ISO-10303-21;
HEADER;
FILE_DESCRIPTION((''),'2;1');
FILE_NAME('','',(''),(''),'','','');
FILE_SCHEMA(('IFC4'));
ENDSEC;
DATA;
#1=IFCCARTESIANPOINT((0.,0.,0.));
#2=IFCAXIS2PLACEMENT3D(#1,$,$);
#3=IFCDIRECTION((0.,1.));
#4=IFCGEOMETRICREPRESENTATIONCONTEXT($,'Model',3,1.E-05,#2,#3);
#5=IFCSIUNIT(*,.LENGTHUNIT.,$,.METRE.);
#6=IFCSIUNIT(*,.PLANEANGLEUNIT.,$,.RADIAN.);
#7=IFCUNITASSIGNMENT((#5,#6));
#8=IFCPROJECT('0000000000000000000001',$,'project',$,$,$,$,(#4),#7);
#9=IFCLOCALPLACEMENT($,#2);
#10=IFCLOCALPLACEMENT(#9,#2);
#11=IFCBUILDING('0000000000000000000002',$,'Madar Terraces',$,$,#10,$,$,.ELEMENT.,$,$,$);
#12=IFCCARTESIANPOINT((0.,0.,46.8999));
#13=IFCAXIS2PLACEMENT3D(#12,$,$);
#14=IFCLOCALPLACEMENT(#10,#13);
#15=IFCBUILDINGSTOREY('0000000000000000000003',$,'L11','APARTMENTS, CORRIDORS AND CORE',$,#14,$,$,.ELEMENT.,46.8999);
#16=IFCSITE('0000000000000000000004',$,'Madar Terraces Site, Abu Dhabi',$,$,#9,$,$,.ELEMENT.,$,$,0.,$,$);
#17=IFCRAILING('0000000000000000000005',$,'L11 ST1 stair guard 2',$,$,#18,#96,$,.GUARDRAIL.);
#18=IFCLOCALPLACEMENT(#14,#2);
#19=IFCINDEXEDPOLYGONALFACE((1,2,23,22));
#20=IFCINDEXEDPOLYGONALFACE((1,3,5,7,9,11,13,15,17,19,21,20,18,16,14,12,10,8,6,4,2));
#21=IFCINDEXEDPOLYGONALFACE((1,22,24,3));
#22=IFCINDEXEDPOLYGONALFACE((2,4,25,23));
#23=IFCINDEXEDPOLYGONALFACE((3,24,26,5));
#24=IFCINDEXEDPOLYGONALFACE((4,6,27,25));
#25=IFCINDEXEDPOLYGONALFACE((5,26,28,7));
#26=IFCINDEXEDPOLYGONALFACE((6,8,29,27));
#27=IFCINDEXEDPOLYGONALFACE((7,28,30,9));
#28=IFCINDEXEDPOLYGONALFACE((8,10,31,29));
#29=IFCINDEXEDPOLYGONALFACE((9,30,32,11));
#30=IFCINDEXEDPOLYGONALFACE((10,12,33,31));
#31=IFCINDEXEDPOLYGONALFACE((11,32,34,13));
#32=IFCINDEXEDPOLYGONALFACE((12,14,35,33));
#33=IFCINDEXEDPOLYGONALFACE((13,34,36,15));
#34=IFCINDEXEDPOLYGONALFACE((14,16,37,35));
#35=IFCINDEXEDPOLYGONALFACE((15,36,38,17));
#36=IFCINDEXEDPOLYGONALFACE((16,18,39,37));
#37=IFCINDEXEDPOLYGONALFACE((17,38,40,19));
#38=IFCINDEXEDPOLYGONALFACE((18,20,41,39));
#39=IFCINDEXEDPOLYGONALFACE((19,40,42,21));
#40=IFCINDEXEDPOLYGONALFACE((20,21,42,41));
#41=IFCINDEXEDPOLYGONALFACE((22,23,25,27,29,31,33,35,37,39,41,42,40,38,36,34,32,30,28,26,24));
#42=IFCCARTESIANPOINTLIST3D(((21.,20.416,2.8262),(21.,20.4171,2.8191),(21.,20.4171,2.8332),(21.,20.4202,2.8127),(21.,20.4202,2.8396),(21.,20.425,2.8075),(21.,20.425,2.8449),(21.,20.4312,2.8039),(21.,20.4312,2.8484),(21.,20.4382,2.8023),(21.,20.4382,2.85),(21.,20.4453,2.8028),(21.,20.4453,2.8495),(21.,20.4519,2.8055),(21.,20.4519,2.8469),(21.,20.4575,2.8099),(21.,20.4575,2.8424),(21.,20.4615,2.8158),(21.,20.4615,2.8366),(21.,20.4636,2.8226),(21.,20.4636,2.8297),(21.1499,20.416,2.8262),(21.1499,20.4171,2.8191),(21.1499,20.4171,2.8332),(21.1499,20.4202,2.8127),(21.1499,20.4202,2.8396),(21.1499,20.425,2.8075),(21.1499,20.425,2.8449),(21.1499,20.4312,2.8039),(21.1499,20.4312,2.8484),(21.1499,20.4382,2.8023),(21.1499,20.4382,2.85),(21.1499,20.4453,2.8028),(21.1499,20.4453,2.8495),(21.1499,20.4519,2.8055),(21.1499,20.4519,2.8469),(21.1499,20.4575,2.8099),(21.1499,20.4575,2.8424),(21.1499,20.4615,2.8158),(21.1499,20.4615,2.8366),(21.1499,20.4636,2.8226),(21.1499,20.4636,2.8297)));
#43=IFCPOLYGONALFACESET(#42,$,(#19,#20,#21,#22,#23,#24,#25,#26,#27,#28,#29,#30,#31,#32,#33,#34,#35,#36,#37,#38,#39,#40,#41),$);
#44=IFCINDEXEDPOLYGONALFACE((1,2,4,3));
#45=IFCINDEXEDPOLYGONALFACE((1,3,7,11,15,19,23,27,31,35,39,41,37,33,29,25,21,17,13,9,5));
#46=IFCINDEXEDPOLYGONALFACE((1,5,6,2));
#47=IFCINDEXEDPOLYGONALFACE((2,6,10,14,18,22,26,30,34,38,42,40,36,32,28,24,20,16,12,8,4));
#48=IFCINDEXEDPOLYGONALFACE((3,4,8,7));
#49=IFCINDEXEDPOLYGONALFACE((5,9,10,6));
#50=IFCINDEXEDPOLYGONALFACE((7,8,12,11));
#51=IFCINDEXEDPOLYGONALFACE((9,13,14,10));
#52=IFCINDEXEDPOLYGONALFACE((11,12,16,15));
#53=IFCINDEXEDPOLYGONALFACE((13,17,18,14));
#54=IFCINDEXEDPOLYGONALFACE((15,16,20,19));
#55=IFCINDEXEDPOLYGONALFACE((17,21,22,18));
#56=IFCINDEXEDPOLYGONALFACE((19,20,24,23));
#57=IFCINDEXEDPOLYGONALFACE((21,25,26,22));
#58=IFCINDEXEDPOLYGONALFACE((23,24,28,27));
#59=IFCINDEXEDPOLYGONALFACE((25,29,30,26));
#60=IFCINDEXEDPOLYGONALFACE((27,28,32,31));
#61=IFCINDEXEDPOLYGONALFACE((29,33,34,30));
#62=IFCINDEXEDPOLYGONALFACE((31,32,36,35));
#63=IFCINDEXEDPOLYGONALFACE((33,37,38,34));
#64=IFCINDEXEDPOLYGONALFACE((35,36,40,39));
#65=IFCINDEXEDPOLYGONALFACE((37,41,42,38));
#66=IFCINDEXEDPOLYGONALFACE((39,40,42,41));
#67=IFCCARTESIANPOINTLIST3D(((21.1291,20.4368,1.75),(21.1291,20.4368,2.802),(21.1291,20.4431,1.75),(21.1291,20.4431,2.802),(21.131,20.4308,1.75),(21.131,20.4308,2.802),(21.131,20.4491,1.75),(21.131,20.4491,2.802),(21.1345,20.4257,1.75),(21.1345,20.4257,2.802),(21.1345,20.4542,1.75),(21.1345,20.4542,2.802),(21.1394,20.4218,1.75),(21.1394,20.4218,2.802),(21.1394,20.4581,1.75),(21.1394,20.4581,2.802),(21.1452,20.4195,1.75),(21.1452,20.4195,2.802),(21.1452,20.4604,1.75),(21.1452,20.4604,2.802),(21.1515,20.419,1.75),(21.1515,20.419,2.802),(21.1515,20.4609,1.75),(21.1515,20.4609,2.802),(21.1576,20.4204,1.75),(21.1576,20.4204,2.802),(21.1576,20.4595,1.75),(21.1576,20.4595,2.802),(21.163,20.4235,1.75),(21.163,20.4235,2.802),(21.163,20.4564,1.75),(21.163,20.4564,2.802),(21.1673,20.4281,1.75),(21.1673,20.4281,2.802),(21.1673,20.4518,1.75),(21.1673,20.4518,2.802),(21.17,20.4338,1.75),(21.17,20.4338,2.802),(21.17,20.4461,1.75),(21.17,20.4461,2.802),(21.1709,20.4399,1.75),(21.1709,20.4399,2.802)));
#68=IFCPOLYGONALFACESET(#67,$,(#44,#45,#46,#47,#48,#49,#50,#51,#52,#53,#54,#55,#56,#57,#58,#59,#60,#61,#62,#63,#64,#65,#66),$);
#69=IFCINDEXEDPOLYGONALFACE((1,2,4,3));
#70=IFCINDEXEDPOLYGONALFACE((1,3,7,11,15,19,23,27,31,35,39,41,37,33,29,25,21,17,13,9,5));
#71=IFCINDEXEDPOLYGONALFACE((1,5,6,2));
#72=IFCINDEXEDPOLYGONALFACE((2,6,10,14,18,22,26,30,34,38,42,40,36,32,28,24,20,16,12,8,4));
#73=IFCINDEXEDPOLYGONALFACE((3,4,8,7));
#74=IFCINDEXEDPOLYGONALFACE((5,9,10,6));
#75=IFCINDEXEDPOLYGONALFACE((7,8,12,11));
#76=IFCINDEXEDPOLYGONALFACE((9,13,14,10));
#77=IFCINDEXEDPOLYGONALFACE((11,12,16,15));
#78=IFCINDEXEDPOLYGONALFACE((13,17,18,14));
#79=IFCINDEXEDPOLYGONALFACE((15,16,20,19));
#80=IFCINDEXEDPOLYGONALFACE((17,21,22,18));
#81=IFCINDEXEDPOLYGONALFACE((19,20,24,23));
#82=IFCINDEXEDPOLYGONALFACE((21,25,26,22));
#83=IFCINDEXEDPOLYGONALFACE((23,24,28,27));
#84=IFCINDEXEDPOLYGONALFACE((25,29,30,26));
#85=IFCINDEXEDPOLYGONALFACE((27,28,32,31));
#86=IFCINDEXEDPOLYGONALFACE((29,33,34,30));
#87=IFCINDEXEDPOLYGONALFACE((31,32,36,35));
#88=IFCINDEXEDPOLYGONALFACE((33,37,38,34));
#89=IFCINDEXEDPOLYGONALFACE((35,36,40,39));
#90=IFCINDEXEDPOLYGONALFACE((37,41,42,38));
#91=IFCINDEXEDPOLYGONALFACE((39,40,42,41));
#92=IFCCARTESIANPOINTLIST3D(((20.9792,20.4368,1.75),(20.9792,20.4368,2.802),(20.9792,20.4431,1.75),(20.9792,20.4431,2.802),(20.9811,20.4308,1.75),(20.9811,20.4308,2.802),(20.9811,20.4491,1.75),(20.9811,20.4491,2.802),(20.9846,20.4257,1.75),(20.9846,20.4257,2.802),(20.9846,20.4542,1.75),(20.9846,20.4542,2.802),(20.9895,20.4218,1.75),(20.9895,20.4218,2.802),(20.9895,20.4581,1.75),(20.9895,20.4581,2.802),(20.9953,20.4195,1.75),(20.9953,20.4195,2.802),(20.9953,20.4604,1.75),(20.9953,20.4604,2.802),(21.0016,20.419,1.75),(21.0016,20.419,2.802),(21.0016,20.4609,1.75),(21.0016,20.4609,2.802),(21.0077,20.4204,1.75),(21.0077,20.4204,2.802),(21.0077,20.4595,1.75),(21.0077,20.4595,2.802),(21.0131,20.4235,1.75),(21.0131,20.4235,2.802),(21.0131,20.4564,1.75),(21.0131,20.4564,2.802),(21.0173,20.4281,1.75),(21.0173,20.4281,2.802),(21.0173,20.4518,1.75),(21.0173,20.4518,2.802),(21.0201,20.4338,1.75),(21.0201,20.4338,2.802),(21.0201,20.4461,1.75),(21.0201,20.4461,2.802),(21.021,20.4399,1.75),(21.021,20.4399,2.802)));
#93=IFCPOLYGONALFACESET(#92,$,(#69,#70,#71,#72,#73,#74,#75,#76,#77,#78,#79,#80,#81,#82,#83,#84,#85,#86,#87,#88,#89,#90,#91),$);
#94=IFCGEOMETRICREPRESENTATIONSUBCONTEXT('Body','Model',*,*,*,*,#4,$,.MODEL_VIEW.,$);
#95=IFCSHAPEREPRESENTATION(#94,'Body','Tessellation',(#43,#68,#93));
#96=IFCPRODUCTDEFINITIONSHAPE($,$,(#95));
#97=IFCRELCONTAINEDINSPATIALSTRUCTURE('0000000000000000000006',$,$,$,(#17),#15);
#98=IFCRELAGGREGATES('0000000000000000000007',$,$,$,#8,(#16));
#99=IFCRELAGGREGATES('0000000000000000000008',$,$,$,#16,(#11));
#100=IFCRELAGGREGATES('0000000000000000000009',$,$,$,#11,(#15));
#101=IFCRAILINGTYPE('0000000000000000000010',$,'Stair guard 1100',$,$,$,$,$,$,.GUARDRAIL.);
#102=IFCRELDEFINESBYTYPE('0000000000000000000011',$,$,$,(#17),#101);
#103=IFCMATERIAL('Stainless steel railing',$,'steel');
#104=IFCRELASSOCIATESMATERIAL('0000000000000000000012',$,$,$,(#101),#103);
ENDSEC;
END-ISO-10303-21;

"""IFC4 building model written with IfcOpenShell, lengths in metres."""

from ifc_helpers import new_model, si_unit, direction, frame, origin, origin_2d, place, context, subcontext, project, spatial, circle, extrude, material, type_object, element, save


model = new_model("IFC4")

# Units and contexts
model_context = context("Model", 3, precision=1e-05, world=origin(), true_north=direction((0.0, 1.0)))
body_context = subcontext(model_context, "Body", "Model", "MODEL_VIEW")
ifc_project = project(units=[si_unit("LENGTHUNIT", "METRE"), si_unit("PLANEANGLEUNIT", "RADIAN")], contexts=[model_context])

# Site, building, storey
site_placement = place(None, origin())
site = spatial("IfcSite", under=ifc_project, at=site_placement, Name="Madar Terraces Site, Abu Dhabi", CompositionType="ELEMENT", RefElevation=0.0)
building_placement = place(site_placement, origin())
building = spatial("IfcBuilding", under=site, at=building_placement, Name="Madar Terraces", CompositionType="ELEMENT")
storey_placement = place(building_placement, frame((0.0, 0.0, 46.8999)))
storey = spatial("IfcBuildingStorey", under=building, at=storey_placement, Name="L11", Description="APARTMENTS, CORRIDORS AND CORE", CompositionType="ELEMENT", Elevation=46.8999)

# Railing
ifc_material_1 = material(Name="Stainless steel railing", Category="steel")
railing_type_1 = type_object("IfcRailingType", Name="Stair guard 1100", PredefinedType="GUARDRAIL", material=ifc_material_1)
railing_1_placement = place(storey_placement, frame((21.1499, 20.4399, 1.75)))
element("IfcRailing", 1, at=railing_1_placement, inside=storey, type_object=railing_type_1, Name="L11 ST1 stair guard 2", PredefinedType="GUARDRAIL", context=body_context, shape_type="SweptSolid", body=[
    extrude(circle(Radius=0.0239, at=origin_2d()), frame((0.0, 0.0, 1.0762), z_axis=(-1.0, 0.0, 0.0), x_axis=(0.0, -1.0, 0.0)), (0.0, 0.0, 1.0), 0.1499),
    extrude(circle(Radius=0.021, at=origin_2d()), origin(), (0.0, 0.0, 1.0), 1.052),
    extrude(circle(Radius=0.021, at=origin_2d()), frame((-0.1499, 0.0, 0.0)), (0.0, 0.0, 1.0), 1.052),
])

save(model, "model.ifc")
